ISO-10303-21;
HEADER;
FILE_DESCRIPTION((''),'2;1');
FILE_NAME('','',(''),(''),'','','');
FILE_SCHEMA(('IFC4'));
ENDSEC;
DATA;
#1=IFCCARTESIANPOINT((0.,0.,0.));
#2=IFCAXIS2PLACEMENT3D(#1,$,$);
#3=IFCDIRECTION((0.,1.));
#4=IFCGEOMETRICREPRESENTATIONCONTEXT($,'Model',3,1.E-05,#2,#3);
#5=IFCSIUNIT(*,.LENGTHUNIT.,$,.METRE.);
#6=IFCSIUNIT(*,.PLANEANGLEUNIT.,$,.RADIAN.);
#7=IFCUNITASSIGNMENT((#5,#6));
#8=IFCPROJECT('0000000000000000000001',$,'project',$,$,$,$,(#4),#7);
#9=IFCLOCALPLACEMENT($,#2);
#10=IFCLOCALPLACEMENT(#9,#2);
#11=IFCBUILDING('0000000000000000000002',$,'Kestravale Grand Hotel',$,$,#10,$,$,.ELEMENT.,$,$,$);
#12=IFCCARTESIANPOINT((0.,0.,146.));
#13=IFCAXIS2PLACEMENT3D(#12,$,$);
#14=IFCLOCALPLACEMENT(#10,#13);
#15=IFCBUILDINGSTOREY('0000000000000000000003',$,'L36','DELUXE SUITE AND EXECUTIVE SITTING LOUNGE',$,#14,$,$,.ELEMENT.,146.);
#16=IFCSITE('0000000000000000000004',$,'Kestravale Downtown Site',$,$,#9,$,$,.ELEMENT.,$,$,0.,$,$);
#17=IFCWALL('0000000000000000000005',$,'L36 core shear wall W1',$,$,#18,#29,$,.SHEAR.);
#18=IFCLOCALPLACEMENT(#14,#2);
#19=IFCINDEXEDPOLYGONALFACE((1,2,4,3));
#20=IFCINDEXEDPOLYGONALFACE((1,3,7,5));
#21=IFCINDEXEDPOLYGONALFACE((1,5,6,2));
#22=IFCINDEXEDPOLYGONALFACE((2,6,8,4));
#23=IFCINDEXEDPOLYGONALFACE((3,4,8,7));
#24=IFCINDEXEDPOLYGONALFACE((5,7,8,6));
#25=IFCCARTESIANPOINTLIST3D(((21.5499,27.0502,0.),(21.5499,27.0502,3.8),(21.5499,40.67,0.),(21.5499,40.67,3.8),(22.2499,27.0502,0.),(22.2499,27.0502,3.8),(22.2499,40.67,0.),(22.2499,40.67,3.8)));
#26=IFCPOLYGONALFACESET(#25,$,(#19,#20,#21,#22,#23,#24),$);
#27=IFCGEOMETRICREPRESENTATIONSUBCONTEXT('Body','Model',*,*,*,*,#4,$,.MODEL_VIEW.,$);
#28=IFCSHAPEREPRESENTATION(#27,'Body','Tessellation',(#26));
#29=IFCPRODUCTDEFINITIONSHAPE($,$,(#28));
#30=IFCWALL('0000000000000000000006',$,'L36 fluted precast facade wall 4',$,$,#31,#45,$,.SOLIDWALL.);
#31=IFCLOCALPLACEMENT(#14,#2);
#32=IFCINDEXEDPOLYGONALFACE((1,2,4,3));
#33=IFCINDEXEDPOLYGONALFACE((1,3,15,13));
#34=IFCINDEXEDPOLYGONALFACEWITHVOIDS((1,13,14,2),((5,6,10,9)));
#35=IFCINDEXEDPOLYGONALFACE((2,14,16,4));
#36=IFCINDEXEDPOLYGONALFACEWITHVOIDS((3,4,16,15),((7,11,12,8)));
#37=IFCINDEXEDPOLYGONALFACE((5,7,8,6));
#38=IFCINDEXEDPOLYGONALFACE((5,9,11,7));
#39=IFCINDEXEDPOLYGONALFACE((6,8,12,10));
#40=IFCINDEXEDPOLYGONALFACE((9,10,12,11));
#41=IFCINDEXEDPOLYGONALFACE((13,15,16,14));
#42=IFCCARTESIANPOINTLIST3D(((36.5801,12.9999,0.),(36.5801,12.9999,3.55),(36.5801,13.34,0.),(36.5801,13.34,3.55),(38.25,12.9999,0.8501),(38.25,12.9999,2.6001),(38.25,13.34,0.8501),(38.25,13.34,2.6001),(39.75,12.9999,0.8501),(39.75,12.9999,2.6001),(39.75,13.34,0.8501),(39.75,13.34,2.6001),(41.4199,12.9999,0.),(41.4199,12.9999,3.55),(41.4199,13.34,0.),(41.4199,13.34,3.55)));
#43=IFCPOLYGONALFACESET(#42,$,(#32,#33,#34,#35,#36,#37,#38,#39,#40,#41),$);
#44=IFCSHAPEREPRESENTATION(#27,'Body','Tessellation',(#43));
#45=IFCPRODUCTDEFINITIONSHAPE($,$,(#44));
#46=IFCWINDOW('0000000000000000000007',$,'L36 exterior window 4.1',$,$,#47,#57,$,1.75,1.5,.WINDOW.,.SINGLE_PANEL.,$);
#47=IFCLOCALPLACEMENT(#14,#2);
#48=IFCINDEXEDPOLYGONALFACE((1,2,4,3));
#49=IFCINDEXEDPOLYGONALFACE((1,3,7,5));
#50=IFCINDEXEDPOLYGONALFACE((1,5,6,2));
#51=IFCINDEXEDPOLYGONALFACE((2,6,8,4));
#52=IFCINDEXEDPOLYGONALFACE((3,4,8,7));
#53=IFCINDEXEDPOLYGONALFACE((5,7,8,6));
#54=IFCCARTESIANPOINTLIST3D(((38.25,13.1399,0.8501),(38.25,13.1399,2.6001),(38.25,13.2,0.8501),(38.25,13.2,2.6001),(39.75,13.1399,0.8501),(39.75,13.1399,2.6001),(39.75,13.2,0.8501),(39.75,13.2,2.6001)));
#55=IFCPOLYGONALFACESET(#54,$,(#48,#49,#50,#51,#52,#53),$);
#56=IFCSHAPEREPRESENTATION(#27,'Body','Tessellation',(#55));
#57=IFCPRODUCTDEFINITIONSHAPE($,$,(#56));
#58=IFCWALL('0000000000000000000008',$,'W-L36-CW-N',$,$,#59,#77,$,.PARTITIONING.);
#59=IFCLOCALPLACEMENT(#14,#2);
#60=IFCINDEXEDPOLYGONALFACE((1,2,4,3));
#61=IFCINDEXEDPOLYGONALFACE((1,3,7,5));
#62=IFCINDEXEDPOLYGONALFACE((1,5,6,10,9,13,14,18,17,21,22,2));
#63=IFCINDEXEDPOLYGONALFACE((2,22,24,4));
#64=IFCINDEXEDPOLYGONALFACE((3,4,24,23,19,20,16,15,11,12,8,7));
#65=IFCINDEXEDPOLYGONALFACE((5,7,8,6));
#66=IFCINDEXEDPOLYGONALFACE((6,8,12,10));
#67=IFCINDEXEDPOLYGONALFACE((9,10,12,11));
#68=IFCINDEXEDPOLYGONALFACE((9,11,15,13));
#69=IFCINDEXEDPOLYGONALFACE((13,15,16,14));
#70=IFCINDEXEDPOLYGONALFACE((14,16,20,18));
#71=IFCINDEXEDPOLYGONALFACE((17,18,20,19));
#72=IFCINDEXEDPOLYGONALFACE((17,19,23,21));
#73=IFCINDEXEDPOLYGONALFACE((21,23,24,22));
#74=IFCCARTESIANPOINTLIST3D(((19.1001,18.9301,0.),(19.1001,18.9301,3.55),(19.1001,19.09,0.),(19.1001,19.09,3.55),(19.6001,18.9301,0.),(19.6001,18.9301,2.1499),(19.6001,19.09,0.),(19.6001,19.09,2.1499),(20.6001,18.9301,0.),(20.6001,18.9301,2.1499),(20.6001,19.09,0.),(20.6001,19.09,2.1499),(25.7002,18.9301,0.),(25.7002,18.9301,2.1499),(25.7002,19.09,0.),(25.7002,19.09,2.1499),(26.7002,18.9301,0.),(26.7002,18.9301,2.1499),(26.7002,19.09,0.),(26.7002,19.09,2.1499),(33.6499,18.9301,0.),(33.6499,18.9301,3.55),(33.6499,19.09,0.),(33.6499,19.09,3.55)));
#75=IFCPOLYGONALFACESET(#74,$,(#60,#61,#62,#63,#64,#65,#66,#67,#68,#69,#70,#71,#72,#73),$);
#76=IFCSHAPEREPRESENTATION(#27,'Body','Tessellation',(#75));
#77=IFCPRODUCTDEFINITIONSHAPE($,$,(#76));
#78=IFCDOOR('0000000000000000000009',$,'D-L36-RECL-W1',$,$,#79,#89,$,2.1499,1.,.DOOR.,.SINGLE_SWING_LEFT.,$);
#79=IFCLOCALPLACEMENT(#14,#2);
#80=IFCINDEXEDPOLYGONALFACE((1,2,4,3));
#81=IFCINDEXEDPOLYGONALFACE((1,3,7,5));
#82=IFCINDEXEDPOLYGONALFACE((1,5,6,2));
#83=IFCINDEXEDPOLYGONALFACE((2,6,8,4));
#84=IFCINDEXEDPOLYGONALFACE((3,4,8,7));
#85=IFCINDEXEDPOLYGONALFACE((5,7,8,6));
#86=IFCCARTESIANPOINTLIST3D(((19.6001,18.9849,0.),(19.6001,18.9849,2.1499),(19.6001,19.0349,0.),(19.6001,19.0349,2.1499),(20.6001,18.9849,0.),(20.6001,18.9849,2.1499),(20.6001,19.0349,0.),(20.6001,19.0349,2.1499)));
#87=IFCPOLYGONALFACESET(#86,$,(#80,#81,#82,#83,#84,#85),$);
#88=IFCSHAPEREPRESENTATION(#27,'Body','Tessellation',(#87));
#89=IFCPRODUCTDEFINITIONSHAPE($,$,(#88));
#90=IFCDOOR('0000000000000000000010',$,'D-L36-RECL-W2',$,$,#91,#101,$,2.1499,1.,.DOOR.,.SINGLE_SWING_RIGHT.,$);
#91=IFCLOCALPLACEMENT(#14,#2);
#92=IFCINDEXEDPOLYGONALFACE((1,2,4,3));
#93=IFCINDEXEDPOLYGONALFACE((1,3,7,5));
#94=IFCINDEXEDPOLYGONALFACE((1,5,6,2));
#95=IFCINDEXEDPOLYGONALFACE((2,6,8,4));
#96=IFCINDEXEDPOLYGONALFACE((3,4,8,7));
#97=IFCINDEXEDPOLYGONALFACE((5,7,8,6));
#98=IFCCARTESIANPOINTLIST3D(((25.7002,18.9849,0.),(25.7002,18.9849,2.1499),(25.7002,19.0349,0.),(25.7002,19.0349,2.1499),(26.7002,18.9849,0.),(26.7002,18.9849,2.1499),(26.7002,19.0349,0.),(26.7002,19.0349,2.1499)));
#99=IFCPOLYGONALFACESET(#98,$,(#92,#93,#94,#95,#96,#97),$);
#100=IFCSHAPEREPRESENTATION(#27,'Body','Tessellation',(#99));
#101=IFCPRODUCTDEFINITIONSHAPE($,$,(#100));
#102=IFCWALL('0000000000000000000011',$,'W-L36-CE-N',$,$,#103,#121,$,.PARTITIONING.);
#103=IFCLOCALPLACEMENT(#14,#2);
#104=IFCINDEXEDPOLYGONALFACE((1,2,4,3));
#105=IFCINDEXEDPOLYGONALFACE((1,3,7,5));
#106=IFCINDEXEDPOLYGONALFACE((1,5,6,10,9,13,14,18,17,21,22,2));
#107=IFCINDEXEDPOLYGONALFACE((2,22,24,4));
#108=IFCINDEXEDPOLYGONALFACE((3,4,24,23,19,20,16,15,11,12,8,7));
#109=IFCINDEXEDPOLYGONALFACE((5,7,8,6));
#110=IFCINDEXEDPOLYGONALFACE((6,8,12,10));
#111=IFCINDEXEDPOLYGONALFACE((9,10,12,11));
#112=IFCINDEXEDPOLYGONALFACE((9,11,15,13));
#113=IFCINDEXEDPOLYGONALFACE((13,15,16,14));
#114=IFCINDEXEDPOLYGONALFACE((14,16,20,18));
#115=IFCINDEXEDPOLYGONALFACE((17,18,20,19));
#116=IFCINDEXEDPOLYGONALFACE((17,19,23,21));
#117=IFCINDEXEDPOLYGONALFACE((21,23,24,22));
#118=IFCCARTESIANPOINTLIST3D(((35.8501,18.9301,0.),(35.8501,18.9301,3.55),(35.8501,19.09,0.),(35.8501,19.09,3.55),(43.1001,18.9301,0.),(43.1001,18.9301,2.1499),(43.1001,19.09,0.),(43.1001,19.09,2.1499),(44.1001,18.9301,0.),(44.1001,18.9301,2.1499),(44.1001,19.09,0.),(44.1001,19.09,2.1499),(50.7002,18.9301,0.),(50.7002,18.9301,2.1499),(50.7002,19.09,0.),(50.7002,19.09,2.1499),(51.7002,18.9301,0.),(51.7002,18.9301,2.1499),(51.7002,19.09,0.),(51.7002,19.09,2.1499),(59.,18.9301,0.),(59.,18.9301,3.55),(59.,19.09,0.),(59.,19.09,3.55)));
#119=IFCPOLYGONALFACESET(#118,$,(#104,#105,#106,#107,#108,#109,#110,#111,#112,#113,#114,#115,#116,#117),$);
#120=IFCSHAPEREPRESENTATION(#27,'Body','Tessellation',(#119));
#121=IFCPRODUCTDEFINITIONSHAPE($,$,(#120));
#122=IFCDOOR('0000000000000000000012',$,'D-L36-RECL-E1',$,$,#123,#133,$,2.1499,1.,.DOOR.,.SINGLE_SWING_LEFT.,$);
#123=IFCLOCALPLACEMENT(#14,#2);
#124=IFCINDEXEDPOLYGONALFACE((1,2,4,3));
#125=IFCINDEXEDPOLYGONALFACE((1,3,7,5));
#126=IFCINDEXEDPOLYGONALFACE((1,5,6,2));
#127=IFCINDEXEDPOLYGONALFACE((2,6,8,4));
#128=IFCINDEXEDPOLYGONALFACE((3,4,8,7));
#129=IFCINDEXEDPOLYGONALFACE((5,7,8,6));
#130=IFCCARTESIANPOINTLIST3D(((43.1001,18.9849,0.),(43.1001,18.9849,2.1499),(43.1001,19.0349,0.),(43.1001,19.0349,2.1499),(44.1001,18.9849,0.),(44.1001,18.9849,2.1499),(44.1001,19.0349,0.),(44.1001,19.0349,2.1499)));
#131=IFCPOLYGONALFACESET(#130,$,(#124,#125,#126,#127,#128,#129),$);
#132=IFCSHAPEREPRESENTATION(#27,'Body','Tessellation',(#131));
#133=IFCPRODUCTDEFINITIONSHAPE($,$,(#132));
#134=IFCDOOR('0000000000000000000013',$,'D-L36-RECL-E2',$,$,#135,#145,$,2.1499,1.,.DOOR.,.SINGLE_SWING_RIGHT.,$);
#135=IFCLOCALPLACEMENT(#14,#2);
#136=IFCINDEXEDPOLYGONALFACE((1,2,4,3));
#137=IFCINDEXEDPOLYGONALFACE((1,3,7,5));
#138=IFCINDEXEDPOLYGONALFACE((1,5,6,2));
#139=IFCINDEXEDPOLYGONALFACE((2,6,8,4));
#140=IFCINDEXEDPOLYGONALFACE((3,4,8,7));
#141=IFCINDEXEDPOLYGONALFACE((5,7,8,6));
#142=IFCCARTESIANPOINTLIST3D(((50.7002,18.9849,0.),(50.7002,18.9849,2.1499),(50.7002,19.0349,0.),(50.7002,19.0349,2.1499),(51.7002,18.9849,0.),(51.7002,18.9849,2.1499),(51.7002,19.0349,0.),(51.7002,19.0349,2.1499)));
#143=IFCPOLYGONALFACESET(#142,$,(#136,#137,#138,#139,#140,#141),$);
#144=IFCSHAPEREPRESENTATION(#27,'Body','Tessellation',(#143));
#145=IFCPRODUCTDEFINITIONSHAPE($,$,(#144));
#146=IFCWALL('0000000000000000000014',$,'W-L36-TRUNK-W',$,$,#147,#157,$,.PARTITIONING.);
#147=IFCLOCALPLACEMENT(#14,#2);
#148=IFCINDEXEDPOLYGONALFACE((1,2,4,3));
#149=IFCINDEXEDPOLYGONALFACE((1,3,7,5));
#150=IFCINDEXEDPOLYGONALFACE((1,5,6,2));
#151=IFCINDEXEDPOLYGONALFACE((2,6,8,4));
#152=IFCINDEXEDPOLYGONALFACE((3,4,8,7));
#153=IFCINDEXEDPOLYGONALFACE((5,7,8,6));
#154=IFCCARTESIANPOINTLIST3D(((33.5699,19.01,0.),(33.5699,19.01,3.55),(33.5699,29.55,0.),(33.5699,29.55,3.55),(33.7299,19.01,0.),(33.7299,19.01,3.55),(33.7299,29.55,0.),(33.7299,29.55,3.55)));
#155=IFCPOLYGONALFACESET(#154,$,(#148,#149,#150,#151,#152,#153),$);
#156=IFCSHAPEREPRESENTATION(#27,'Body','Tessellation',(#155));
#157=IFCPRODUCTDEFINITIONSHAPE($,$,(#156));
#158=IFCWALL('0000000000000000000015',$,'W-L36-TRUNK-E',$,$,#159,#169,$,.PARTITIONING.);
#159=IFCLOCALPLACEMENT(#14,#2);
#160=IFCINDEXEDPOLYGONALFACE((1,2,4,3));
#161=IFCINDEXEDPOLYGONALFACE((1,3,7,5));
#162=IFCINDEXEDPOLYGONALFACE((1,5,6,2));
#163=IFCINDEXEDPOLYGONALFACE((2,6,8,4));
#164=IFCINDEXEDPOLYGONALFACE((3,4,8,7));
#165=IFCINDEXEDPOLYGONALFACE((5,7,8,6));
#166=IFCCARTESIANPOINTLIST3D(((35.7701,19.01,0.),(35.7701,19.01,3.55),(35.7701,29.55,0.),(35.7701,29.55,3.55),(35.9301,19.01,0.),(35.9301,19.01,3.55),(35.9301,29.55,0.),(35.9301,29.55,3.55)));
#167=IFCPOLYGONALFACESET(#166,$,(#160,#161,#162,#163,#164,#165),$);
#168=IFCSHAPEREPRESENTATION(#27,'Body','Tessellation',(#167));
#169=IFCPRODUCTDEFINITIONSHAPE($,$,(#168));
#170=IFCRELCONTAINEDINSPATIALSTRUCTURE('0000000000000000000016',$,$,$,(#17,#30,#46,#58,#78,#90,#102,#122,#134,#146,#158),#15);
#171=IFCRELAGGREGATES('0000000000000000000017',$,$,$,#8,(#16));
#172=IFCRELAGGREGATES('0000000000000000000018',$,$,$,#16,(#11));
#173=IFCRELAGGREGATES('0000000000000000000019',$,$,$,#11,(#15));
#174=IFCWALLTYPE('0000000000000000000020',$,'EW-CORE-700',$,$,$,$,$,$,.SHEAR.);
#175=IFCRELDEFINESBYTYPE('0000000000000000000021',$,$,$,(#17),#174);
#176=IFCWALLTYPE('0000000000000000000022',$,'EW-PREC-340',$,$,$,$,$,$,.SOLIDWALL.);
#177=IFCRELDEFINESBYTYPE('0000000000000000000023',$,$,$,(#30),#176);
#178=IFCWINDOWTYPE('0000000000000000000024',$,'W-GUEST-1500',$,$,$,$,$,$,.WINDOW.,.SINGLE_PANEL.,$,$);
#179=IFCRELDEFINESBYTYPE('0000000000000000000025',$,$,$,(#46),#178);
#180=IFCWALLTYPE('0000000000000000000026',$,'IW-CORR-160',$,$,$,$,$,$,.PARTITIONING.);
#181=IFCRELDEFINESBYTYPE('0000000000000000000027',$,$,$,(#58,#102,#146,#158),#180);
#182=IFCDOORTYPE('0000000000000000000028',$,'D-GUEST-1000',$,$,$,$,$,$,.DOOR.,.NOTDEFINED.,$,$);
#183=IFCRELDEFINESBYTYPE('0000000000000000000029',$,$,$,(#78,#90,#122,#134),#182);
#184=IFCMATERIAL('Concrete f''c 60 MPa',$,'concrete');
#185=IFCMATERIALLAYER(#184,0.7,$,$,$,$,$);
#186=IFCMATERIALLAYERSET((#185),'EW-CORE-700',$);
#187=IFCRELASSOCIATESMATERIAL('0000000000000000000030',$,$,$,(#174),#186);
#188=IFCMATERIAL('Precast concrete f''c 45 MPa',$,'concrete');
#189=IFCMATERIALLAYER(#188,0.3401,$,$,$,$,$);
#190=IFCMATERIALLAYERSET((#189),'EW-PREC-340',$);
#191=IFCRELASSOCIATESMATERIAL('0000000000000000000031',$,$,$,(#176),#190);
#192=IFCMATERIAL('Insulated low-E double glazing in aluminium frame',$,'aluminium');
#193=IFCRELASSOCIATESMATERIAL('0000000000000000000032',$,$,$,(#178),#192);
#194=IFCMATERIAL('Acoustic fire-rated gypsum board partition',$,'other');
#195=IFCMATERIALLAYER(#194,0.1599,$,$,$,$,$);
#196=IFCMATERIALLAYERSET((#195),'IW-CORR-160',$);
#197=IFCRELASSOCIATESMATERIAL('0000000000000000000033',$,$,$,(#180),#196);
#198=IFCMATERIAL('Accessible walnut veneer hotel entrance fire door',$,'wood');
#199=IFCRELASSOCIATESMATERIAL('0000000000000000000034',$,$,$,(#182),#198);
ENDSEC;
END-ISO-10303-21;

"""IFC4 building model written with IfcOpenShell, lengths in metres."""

from ifc_helpers import new_model, si_unit, direction, frame, frame_2d, origin, place, context, subcontext, project, spatial, rectangle, extrude, material, layer, layer_set, type_object, element, fill, save


model = new_model("IFC4")

# Units and contexts
model_context = context("Model", 3, precision=1e-05, world=origin(), true_north=direction((0.0, 1.0)))
body_context = subcontext(model_context, "Body", "Model", "MODEL_VIEW")
ifc_project = project(units=[si_unit("LENGTHUNIT", "METRE"), si_unit("PLANEANGLEUNIT", "RADIAN")], contexts=[model_context])

# Site, building, storey
site_placement = place(None, origin())
site = spatial("IfcSite", under=ifc_project, at=site_placement, Name="Kestravale Downtown Site", CompositionType="ELEMENT", RefElevation=0.0)
building_placement = place(site_placement, origin())
building = spatial("IfcBuilding", under=site, at=building_placement, Name="Kestravale Grand Hotel", CompositionType="ELEMENT")
storey_placement = place(building_placement, frame((0.0, 0.0, 146.0)))
storey = spatial("IfcBuildingStorey", under=building, at=storey_placement, Name="L36", Description="DELUXE SUITE AND EXECUTIVE SITTING LOUNGE", CompositionType="ELEMENT", Elevation=146.0)

# Wall
ifc_material_1 = material(Name="Concrete f'c 60 MPa", Category="concrete")
ifc_layer_1 = layer(ifc_material_1, 0.7)
ifc_layer_set_1 = layer_set([ifc_layer_1], Name="EW-CORE-700")
wall_type_1 = type_object("IfcWallType", Name="EW-CORE-700", PredefinedType="SHEAR", material=ifc_layer_set_1)
wall_1_placement = place(storey_placement, frame((21.8999, 27.05, 0.0), z_axis=(0.0, 0.0, 1.0), x_axis=(0.0, 1.0, 0.0)))
element("IfcWall", 1, at=wall_1_placement, inside=storey, type_object=wall_type_1, Name="L36 core shear wall W1", PredefinedType="SHEAR", context=body_context, shape_type="SweptSolid", body=[
    extrude(rectangle(XDim=13.6199, YDim=0.7, at=frame_2d((6.8101, 0.0))), origin(), (0.0, 0.0, 1.0), 3.8),
])

# Wall, opening, window
ifc_material_2 = material(Name="Precast concrete f'c 45 MPa", Category="concrete")
ifc_layer_2 = layer(ifc_material_2, 0.3401)
ifc_layer_set_2 = layer_set([ifc_layer_2], Name="EW-PREC-340")
wall_type_2 = type_object("IfcWallType", Name="EW-PREC-340", PredefinedType="SOLIDWALL", material=ifc_layer_set_2)
wall_2_placement = place(storey_placement, frame((36.5801, 13.1699, 0.0), z_axis=(0.0, 0.0, 1.0), x_axis=(1.0, 0.0, 0.0)))
wall_2 = element("IfcWall", 2, at=wall_2_placement, inside=storey, type_object=wall_type_2, Name="L36 fluted precast facade wall 4", PredefinedType="SOLIDWALL", context=body_context, shape_type="SweptSolid", body=[
    extrude(rectangle(XDim=4.8398, YDim=0.3401, at=frame_2d((2.4199, 0.0))), origin(), (0.0, 0.0, 1.0), 3.55),
])
opening_1_placement = place(wall_2_placement, frame((1.6699, 0.0, 0.8501)))
opening_1 = element("IfcOpeningElement", 3, at=opening_1_placement, cuts=wall_2, PredefinedType="OPENING", context=body_context, shape_type="SweptSolid", body=[
    extrude(rectangle(XDim=1.5, YDim=1.75, at=frame_2d((0.75, 0.875))), frame((0.0, 0.1799, 0.0), z_axis=(0.0, -1.0, 0.0), x_axis=(1.0, 0.0, 0.0)), (0.0, 0.0, 1.0), 0.3601),
])
ifc_material_3 = material(Name="Insulated low-E double glazing in aluminium frame", Category="aluminium")
window_type = type_object("IfcWindowType", Name="W-GUEST-1500", PartitioningType="SINGLE_PANEL", PredefinedType="WINDOW", material=ifc_material_3)
window_placement = place(opening_1_placement, origin())
window = element("IfcWindow", 4, at=window_placement, inside=storey, type_object=window_type, Name="L36 exterior window 4.1", OverallHeight=1.75, OverallWidth=1.5, PartitioningType="SINGLE_PANEL", PredefinedType="WINDOW", context=body_context, shape_type="SweptSolid", body=[
    extrude(rectangle(XDim=1.5, YDim=1.75, at=frame_2d((0.75, 0.875))), frame((0.0, 0.03, 0.0), z_axis=(0.0, -1.0, 0.0), x_axis=(1.0, 0.0, 0.0)), (0.0, 0.0, 1.0), 0.0601),
])
fill(opening_1, window)

# Walls, openings, doors
ifc_material_4 = material(Name="Acoustic fire-rated gypsum board partition", Category="other")
ifc_layer_3 = layer(ifc_material_4, 0.1599)
ifc_layer_set_3 = layer_set([ifc_layer_3], Name="IW-CORR-160")
wall_type_3 = type_object("IfcWallType", Name="IW-CORR-160", PredefinedType="PARTITIONING", material=ifc_layer_set_3)
wall_3_placement = place(storey_placement, frame((19.1001, 19.01, 0.0), z_axis=(0.0, 0.0, 1.0), x_axis=(1.0, 0.0, 0.0)))
wall_3 = element("IfcWall", 5, at=wall_3_placement, inside=storey, type_object=wall_type_3, Name="W-L36-CW-N", PredefinedType="PARTITIONING", context=body_context, shape_type="SweptSolid", body=[
    extrude(rectangle(XDim=14.5498, YDim=0.1599, at=frame_2d((7.2749, 0.0))), origin(), (0.0, 0.0, 1.0), 3.55),
])
opening_2_placement = place(wall_3_placement, frame((0.5, 0.0, 0.0)))
opening_2 = element("IfcOpeningElement", 6, at=opening_2_placement, cuts=wall_3, PredefinedType="OPENING", context=body_context, shape_type="SweptSolid", body=[
    extrude(rectangle(XDim=1.0, YDim=2.1499, at=frame_2d((0.5, 1.075))), frame((0.0, 0.0898, 0.0), z_axis=(0.0, -1.0, 0.0), x_axis=(1.0, 0.0, 0.0)), (0.0, 0.0, 1.0), 0.1799),
])
opening_3_placement = place(wall_3_placement, frame((6.6001, 0.0, 0.0)))
opening_3 = element("IfcOpeningElement", 7, at=opening_3_placement, cuts=wall_3, PredefinedType="OPENING", context=body_context, shape_type="SweptSolid", body=[
    extrude(rectangle(XDim=1.0, YDim=2.1499, at=frame_2d((0.5, 1.075))), frame((0.0, 0.0898, 0.0), z_axis=(0.0, -1.0, 0.0), x_axis=(1.0, 0.0, 0.0)), (0.0, 0.0, 1.0), 0.1799),
])
ifc_material_5 = material(Name="Accessible walnut veneer hotel entrance fire door", Category="wood")
door_type_1 = type_object("IfcDoorType", Name="D-GUEST-1000", OperationType="NOTDEFINED", PredefinedType="DOOR", material=ifc_material_5)
door_1_placement = place(opening_2_placement, origin())
door_1 = element("IfcDoor", 8, at=door_1_placement, inside=storey, type_object=door_type_1, Name="D-L36-RECL-W1", OperationType="SINGLE_SWING_LEFT", OverallHeight=2.1499, OverallWidth=1.0, PredefinedType="DOOR", context=body_context, shape_type="SweptSolid", body=[
    extrude(rectangle(XDim=1.0, YDim=2.1499, at=frame_2d((0.5, 1.075))), frame((0.0, 0.0249, 0.0), z_axis=(0.0, -1.0, 0.0), x_axis=(1.0, 0.0, 0.0)), (0.0, 0.0, 1.0), 0.05),
])
fill(opening_2, door_1)
door_2_placement = place(opening_3_placement, origin())
door_2 = element("IfcDoor", 9, at=door_2_placement, inside=storey, type_object=door_type_1, Name="D-L36-RECL-W2", OperationType="SINGLE_SWING_RIGHT", OverallHeight=2.1499, OverallWidth=1.0, PredefinedType="DOOR", context=body_context, shape_type="SweptSolid", body=[
    extrude(rectangle(XDim=1.0, YDim=2.1499, at=frame_2d((0.5, 1.075))), frame((0.0, 0.0249, 0.0), z_axis=(0.0, -1.0, 0.0), x_axis=(1.0, 0.0, 0.0)), (0.0, 0.0, 1.0), 0.05),
])
fill(opening_3, door_2)
wall_4_placement = place(storey_placement, frame((35.8501, 19.01, 0.0), z_axis=(0.0, 0.0, 1.0), x_axis=(1.0, 0.0, 0.0)))
wall_4 = element("IfcWall", 10, at=wall_4_placement, inside=storey, type_object=wall_type_3, Name="W-L36-CE-N", PredefinedType="PARTITIONING", context=body_context, shape_type="SweptSolid", body=[
    extrude(rectangle(XDim=23.1499, YDim=0.1599, at=frame_2d((11.575, 0.0))), origin(), (0.0, 0.0, 1.0), 3.55),
])
opening_4_placement = place(wall_4_placement, frame((7.25, 0.0, 0.0)))
opening_4 = element("IfcOpeningElement", 11, at=opening_4_placement, cuts=wall_4, PredefinedType="OPENING", context=body_context, shape_type="SweptSolid", body=[
    extrude(rectangle(XDim=1.0, YDim=2.1499, at=frame_2d((0.5, 1.075))), frame((0.0, 0.0898, 0.0), z_axis=(0.0, -1.0, 0.0), x_axis=(1.0, 0.0, 0.0)), (0.0, 0.0, 1.0), 0.1799),
])
opening_5_placement = place(wall_4_placement, frame((14.8501, 0.0, 0.0)))
opening_5 = element("IfcOpeningElement", 12, at=opening_5_placement, cuts=wall_4, PredefinedType="OPENING", context=body_context, shape_type="SweptSolid", body=[
    extrude(rectangle(XDim=1.0, YDim=2.1499, at=frame_2d((0.5, 1.075))), frame((0.0, 0.0898, 0.0), z_axis=(0.0, -1.0, 0.0), x_axis=(1.0, 0.0, 0.0)), (0.0, 0.0, 1.0), 0.1799),
])
door_3_placement = place(opening_4_placement, origin())
door_3 = element("IfcDoor", 13, at=door_3_placement, inside=storey, type_object=door_type_1, Name="D-L36-RECL-E1", OperationType="SINGLE_SWING_LEFT", OverallHeight=2.1499, OverallWidth=1.0, PredefinedType="DOOR", context=body_context, shape_type="SweptSolid", body=[
    extrude(rectangle(XDim=1.0, YDim=2.1499, at=frame_2d((0.5, 1.075))), frame((0.0, 0.0249, 0.0), z_axis=(0.0, -1.0, 0.0), x_axis=(1.0, 0.0, 0.0)), (0.0, 0.0, 1.0), 0.05),
])
fill(opening_4, door_3)
door_4_placement = place(opening_5_placement, origin())
door_4 = element("IfcDoor", 14, at=door_4_placement, inside=storey, type_object=door_type_1, Name="D-L36-RECL-E2", OperationType="SINGLE_SWING_RIGHT", OverallHeight=2.1499, OverallWidth=1.0, PredefinedType="DOOR", context=body_context, shape_type="SweptSolid", body=[
    extrude(rectangle(XDim=1.0, YDim=2.1499, at=frame_2d((0.5, 1.075))), frame((0.0, 0.0249, 0.0), z_axis=(0.0, -1.0, 0.0), x_axis=(1.0, 0.0, 0.0)), (0.0, 0.0, 1.0), 0.05),
])
fill(opening_5, door_4)

# Walls
for number, where, z_axis, x_axis, name in (
    (15, (33.6499, 19.01, 0.0), (0.0, 0.0, 1.0), (0.0, 1.0, 0.0), "W-L36-TRUNK-W"),
    (16, (35.8501, 19.01, 0.0), (0.0, 0.0, 1.0), (0.0, 1.0, 0.0), "W-L36-TRUNK-E"),
):
    element("IfcWall", number, at=place(storey_placement, frame(where, z_axis=z_axis, x_axis=x_axis)), inside=storey, type_object=wall_type_3, Name=name, PredefinedType="PARTITIONING", context=body_context, shape_type="SweptSolid", body=[
        extrude(rectangle(XDim=10.54, YDim=0.1599, at=frame_2d((5.27, 0.0))), origin(), (0.0, 0.0, 1.0), 3.55),
    ])

save(model, "model.ifc")
